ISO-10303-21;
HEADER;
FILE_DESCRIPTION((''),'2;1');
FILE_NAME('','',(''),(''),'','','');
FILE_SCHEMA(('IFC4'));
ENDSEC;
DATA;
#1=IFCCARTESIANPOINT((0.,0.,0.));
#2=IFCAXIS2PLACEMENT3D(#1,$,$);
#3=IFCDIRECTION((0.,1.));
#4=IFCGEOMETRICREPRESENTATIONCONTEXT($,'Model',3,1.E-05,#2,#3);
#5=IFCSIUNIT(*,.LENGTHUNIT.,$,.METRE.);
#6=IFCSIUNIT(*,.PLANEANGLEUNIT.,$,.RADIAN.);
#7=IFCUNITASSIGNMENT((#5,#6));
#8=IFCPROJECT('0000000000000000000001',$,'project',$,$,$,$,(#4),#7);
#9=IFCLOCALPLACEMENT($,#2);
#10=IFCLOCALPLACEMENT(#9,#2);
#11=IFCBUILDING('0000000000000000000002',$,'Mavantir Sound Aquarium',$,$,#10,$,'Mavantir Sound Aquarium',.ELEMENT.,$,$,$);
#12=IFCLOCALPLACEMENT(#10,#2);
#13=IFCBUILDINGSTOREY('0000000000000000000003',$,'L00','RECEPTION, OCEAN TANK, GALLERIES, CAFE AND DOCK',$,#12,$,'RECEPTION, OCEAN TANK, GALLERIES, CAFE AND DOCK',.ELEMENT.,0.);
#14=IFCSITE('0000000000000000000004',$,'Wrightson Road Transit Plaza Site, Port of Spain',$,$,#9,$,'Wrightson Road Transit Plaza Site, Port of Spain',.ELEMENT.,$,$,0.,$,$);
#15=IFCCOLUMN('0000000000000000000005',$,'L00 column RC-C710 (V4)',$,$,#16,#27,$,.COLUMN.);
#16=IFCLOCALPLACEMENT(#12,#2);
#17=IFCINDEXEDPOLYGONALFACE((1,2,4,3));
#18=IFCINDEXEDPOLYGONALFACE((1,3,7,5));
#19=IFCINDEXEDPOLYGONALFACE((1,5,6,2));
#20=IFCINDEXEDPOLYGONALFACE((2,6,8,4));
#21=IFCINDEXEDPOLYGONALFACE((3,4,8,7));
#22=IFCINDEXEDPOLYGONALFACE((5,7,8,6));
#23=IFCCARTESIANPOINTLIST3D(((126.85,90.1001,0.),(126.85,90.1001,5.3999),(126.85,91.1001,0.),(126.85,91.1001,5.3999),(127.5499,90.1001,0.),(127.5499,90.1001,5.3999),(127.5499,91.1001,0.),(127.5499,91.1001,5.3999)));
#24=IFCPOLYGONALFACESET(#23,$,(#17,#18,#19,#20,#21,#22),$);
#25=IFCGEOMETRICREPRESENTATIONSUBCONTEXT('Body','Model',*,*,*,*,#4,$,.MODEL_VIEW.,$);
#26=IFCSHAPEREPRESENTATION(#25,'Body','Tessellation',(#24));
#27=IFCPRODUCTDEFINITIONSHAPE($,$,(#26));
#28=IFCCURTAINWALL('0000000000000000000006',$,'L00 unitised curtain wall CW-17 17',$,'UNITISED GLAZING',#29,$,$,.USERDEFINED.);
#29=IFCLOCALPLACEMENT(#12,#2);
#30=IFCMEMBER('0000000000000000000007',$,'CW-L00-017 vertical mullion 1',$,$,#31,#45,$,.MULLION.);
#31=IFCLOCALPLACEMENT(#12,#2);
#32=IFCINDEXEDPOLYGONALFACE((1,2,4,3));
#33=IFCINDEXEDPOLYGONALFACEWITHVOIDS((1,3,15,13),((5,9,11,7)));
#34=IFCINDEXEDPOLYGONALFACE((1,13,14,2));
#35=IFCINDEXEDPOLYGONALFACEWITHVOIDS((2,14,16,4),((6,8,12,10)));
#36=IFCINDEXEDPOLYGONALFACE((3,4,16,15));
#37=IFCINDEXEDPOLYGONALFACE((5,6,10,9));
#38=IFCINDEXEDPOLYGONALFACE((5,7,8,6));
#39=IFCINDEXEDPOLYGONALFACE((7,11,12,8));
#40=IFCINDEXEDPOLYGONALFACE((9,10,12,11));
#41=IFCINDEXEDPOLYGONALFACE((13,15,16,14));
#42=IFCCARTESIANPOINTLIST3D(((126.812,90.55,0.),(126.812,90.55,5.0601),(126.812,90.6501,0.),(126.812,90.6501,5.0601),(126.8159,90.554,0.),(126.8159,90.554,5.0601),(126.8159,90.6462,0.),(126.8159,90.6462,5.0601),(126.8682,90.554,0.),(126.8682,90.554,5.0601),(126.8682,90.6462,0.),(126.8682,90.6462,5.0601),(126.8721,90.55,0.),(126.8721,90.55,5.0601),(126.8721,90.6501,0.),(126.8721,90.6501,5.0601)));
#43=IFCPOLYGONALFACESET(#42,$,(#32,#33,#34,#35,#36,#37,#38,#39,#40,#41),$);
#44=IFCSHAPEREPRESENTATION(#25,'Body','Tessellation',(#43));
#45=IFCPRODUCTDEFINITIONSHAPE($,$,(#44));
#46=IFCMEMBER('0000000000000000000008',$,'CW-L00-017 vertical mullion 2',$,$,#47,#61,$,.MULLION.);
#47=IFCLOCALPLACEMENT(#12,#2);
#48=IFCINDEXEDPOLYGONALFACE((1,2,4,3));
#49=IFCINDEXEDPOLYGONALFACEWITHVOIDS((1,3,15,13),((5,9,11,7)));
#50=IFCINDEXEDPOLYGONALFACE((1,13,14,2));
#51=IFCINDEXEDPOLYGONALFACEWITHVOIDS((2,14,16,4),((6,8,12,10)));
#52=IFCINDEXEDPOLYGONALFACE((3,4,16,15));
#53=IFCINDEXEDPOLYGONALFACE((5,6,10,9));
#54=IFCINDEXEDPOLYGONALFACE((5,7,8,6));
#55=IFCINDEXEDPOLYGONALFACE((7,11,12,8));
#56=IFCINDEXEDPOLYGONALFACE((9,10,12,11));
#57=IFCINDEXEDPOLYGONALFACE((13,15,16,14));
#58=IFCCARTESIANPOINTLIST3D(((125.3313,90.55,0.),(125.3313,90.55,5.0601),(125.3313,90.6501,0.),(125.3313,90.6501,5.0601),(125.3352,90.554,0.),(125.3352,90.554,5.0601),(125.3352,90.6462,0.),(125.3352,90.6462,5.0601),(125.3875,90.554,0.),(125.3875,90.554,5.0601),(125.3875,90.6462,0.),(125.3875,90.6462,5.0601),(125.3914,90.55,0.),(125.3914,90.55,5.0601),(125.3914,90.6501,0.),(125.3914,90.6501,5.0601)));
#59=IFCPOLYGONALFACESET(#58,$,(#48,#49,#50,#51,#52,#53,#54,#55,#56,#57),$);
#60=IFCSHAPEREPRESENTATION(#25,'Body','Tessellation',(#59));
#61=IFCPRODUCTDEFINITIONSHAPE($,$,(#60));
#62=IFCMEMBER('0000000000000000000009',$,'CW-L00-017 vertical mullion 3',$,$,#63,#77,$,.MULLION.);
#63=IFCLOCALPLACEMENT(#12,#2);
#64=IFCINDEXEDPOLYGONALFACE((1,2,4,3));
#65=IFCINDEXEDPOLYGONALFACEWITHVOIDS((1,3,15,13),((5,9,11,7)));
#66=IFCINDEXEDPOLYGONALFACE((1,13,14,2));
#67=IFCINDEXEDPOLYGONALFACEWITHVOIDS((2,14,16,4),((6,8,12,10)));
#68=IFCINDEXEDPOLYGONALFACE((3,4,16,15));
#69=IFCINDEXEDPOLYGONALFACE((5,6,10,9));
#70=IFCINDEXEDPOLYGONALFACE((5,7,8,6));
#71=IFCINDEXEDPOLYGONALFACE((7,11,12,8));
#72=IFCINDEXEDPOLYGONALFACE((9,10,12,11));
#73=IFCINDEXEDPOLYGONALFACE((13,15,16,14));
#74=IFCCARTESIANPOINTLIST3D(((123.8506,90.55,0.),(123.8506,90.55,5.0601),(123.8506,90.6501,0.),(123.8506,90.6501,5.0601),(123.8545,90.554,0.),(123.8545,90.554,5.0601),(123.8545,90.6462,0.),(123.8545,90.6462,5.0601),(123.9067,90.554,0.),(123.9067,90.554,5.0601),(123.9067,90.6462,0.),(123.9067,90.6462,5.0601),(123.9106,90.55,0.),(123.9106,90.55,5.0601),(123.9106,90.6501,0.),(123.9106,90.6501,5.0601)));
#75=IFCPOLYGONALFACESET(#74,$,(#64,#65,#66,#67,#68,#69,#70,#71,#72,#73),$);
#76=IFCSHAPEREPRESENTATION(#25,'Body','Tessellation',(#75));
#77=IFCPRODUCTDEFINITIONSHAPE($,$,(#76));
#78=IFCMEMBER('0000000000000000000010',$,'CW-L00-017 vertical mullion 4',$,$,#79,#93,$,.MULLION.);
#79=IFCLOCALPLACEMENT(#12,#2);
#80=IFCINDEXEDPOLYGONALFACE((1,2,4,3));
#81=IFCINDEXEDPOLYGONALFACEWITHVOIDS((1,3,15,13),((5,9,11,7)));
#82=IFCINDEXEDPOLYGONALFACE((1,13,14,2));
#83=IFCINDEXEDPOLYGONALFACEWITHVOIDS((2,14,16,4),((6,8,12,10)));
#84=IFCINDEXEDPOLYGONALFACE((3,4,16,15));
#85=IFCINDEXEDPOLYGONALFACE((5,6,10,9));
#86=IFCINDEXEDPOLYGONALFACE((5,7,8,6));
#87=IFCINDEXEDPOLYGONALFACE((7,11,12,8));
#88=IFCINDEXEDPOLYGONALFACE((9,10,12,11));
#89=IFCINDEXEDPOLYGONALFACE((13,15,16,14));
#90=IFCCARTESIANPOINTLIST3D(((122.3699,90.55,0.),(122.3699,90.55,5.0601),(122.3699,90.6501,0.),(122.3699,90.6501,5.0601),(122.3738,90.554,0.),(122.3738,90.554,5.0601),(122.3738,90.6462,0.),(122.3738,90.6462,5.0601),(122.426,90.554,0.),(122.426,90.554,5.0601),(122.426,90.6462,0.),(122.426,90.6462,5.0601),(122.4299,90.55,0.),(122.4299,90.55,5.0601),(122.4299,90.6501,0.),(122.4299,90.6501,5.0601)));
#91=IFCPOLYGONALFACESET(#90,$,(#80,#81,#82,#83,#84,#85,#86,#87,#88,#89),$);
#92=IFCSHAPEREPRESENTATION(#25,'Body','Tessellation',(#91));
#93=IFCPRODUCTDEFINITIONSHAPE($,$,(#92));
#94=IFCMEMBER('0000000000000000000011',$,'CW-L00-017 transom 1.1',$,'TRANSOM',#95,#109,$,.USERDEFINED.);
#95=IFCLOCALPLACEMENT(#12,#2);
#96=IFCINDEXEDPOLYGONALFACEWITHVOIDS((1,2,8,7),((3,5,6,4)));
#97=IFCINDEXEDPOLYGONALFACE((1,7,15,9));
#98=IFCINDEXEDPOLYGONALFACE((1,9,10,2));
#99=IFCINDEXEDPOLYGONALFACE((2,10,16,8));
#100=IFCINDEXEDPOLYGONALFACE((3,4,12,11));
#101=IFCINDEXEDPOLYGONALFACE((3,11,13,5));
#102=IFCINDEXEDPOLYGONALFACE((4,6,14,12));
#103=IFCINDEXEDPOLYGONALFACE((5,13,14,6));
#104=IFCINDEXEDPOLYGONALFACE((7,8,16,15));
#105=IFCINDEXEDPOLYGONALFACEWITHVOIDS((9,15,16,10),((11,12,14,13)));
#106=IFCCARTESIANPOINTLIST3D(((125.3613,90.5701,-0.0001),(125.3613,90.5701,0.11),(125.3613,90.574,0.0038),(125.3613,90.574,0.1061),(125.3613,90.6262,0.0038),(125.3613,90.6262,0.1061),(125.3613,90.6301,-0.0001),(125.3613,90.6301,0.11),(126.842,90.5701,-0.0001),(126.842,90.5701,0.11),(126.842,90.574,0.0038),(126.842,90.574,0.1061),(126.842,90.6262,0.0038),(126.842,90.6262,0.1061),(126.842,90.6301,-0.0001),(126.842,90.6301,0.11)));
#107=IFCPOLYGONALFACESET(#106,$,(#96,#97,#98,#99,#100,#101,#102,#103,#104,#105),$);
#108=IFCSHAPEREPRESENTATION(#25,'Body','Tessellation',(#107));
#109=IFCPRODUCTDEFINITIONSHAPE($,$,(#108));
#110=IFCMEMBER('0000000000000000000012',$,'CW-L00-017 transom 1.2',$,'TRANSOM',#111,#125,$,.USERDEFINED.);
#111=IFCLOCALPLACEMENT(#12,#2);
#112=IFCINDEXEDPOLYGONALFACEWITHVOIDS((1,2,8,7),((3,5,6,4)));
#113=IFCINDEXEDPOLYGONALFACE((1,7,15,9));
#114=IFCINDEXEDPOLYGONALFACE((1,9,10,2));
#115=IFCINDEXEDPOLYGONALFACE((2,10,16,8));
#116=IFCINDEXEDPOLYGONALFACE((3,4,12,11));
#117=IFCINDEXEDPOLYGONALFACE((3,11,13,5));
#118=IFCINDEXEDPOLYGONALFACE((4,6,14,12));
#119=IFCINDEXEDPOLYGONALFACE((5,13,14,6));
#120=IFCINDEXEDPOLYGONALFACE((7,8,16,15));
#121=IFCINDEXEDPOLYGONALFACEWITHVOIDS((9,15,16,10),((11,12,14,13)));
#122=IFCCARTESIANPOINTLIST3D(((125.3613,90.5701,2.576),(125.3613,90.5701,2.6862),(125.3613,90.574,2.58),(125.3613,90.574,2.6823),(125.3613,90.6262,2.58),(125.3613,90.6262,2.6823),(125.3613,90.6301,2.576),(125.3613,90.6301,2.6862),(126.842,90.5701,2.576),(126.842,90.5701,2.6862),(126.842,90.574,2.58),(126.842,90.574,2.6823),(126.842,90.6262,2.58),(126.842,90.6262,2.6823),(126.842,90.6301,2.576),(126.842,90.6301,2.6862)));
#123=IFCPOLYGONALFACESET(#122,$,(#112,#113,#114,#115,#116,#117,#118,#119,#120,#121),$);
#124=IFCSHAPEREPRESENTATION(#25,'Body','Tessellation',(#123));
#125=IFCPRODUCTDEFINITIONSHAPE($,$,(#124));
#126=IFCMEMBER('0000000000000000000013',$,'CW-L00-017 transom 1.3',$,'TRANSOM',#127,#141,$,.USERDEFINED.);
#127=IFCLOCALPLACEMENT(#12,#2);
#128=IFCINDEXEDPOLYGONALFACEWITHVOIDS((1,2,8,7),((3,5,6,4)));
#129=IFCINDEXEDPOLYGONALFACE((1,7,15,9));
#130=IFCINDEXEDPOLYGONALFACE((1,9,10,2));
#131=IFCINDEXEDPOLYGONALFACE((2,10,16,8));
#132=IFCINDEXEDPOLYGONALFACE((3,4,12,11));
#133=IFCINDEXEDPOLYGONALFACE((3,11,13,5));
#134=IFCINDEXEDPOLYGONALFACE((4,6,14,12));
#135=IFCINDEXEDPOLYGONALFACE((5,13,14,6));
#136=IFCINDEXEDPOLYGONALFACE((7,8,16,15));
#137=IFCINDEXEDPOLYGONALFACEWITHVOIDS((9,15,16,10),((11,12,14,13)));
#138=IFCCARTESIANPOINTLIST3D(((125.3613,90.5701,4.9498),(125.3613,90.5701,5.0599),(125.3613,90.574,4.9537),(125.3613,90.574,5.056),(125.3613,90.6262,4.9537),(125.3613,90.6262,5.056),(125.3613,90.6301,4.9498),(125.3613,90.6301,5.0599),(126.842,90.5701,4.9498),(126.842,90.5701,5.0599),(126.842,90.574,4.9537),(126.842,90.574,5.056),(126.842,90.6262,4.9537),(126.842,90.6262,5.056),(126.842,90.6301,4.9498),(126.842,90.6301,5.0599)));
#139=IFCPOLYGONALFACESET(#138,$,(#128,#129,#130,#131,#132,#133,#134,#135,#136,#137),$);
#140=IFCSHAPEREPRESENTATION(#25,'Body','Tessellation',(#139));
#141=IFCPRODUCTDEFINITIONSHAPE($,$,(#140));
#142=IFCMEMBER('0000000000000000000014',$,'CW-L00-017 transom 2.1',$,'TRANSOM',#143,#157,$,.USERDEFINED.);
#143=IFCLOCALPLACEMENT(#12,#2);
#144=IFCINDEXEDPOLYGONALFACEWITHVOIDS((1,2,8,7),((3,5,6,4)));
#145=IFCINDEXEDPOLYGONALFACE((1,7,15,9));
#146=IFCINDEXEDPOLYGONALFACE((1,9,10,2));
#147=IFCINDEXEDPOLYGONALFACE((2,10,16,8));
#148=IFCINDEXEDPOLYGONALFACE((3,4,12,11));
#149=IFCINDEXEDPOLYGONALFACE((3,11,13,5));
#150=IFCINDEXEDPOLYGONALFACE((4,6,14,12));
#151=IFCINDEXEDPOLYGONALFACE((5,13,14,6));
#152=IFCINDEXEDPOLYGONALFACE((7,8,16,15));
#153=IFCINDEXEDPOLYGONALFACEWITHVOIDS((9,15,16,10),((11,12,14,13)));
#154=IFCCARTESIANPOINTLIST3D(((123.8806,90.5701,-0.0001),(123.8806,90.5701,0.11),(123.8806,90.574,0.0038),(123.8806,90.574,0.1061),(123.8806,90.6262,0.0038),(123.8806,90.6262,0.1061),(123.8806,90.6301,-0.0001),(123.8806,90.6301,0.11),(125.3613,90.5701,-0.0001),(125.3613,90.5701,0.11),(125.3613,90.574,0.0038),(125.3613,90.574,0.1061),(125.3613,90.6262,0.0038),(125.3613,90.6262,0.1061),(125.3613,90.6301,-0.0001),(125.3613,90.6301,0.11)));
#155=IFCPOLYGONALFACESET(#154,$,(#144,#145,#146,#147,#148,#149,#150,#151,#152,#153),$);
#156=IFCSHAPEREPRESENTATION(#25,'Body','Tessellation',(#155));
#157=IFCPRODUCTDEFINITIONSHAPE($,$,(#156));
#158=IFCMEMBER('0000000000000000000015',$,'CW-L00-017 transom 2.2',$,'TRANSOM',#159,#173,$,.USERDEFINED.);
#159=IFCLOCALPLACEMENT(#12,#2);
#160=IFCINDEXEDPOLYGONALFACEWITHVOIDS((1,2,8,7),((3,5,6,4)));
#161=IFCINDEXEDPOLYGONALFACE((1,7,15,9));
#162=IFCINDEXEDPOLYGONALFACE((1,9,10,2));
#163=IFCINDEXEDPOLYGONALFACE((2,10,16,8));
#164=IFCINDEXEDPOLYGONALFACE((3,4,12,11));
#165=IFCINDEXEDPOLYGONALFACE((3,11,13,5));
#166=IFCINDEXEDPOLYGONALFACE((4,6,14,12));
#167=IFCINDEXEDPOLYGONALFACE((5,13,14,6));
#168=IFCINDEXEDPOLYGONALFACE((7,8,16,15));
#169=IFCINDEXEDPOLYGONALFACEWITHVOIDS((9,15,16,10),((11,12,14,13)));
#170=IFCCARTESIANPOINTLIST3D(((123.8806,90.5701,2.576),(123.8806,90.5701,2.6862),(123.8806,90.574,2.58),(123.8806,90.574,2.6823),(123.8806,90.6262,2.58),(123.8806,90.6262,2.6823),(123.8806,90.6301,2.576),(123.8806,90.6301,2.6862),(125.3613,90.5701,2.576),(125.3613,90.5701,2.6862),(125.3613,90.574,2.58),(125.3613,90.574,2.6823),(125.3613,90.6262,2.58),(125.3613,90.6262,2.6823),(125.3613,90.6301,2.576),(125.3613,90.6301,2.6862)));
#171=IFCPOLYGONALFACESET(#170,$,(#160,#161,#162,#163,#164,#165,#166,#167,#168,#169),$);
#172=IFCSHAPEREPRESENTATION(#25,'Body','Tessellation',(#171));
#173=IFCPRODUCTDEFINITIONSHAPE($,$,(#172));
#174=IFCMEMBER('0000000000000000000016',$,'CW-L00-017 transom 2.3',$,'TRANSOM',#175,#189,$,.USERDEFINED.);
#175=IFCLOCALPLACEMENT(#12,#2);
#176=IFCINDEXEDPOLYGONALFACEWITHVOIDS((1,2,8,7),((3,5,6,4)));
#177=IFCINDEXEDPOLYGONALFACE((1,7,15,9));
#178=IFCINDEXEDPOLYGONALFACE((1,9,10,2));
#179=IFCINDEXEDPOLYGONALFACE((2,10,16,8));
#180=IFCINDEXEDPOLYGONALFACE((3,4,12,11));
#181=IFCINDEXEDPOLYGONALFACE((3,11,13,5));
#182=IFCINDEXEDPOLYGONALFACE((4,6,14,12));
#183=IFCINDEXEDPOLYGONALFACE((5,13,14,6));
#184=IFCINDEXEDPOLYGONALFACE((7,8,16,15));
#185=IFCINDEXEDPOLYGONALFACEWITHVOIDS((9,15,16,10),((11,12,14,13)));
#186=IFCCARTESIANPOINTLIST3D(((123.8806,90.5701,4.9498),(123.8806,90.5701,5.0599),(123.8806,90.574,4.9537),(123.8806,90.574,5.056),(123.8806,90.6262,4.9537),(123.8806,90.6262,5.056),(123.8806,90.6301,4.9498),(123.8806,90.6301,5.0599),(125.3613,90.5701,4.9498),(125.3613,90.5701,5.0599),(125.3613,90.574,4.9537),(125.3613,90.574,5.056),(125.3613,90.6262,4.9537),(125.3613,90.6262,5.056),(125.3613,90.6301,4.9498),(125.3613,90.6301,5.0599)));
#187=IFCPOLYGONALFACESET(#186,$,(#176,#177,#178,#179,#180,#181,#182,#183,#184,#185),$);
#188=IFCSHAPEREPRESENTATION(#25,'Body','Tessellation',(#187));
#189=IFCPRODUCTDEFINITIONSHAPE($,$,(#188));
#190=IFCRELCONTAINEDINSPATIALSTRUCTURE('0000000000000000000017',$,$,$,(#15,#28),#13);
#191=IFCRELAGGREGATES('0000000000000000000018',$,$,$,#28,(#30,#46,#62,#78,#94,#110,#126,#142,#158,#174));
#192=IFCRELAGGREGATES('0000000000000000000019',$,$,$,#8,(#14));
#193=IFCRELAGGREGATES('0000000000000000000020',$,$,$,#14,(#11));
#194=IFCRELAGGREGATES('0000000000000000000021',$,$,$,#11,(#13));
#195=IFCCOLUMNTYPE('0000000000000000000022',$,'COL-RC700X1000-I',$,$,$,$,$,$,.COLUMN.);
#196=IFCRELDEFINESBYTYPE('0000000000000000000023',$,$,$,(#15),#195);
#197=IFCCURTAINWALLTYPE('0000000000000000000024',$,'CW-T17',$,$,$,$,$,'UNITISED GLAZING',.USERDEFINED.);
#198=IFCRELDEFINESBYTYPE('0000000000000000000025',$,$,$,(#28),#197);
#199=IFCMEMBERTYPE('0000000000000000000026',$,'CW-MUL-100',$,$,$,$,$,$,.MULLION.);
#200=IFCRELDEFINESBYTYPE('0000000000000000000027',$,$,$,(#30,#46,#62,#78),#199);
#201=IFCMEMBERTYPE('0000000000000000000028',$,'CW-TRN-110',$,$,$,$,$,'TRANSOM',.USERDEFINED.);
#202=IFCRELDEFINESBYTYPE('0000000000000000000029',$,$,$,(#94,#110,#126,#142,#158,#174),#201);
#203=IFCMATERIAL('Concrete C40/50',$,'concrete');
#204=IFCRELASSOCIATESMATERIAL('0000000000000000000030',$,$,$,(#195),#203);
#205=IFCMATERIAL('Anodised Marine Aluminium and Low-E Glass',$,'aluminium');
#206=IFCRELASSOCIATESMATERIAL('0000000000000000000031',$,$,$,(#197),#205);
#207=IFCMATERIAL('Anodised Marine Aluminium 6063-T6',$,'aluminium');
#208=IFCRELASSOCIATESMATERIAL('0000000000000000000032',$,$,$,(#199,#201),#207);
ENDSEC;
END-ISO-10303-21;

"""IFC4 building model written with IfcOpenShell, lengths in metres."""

from ifc_helpers import new_model, si_unit, direction, frame, origin, origin_2d, place, context, subcontext, project, spatial, rectangle, hollow_rectangle, extrude, material, material_profile, profile_set, type_object, element, aggregate, save


model = new_model("IFC4")

# Units and contexts
model_context = context("Model", 3, precision=1e-05, world=origin(), true_north=direction((0.0, 1.0)))
body_context = subcontext(model_context, "Body", "Model", "MODEL_VIEW")
ifc_project = project(units=[si_unit("LENGTHUNIT", "METRE"), si_unit("PLANEANGLEUNIT", "RADIAN")], contexts=[model_context])

# Site, building, storey
site_placement = place(None, origin())
site = spatial("IfcSite", under=ifc_project, at=site_placement, Name="Wrightson Road Transit Plaza Site, Port of Spain", LongName="Wrightson Road Transit Plaza Site, Port of Spain", CompositionType="ELEMENT", RefElevation=0.0)
building_placement = place(site_placement, origin())
building = spatial("IfcBuilding", under=site, at=building_placement, Name="Mavantir Sound Aquarium", LongName="Mavantir Sound Aquarium", CompositionType="ELEMENT")
storey_placement = place(building_placement, origin())
storey = spatial("IfcBuildingStorey", under=building, at=storey_placement, Name="L00", Description="RECEPTION, OCEAN TANK, GALLERIES, CAFE AND DOCK", LongName="RECEPTION, OCEAN TANK, GALLERIES, CAFE AND DOCK", CompositionType="ELEMENT", Elevation=0.0)

# Column
ifc_material_1 = material(Name="Concrete C40/50", Category="concrete")
ifc_material_profile_1 = material_profile(ifc_material_1, rectangle(XDim=0.7, YDim=1.0, at=origin_2d()), Name="RC 700X1000")
ifc_profile_set_1 = profile_set([ifc_material_profile_1], Name="Concrete C40/50")
column_type = type_object("IfcColumnType", Name="COL-RC700X1000-I", PredefinedType="COLUMN", material=ifc_profile_set_1)
column_placement = place(storey_placement, frame((127.2, 90.6001, 0.0), z_axis=(0.0, 0.0, 1.0), x_axis=(1.0, 0.0, 0.0)))
element("IfcColumn", 1, at=column_placement, inside=storey, type_object=column_type, Name="L00 column RC-C710 (V4)", PredefinedType="COLUMN", context=body_context, shape_type="SweptSolid", body=[
    extrude(rectangle(XDim=0.7, YDim=1.0, at=origin_2d()), origin(), (0.0, 0.0, 1.0), 5.3999),
])

# Curtain wall, members
ifc_material_2 = material(Name="Anodised Marine Aluminium and Low-E Glass", Category="aluminium")
curtain_wall_type = type_object("IfcCurtainWallType", Name="CW-T17", ElementType="UNITISED GLAZING", PredefinedType="USERDEFINED", material=ifc_material_2)
curtain_wall_placement = place(storey_placement, origin())
curtain_wall = element("IfcCurtainWall", 2, at=curtain_wall_placement, inside=storey, type_object=curtain_wall_type, Name="L00 unitised curtain wall CW-17 17", ObjectType="UNITISED GLAZING", PredefinedType="USERDEFINED")
ifc_material_3 = material(Name="Anodised Marine Aluminium 6063-T6", Category="aluminium")
ifc_material_profile_2 = material_profile(ifc_material_3, hollow_rectangle(XDim=0.0601, YDim=0.1001, WallThickness=0.0039, at=origin_2d()), Name="ALU-MULLION-100X60")
ifc_profile_set_2 = profile_set([ifc_material_profile_2], Name="Anodised Marine Aluminium 6063-T6")
member_type_1 = type_object("IfcMemberType", Name="CW-MUL-100", PredefinedType="MULLION", material=ifc_profile_set_2)
member_1_placement = place(storey_placement, frame((126.842, 90.6001, 0.0), z_axis=(0.0, 0.0, 1.0), x_axis=(1.0, 0.0, 0.0)))
member_1 = element("IfcMember", 3, at=member_1_placement, type_object=member_type_1, Name="CW-L00-017 vertical mullion 1", PredefinedType="MULLION", context=body_context, shape_type="SweptSolid", body=[
    extrude(hollow_rectangle(XDim=0.0601, YDim=0.1001, WallThickness=0.0039, at=origin_2d()), origin(), (0.0, 0.0, 1.0), 5.0601),
])
member_2_placement = place(storey_placement, frame((125.3613, 90.6001, 0.0), z_axis=(0.0, 0.0, 1.0), x_axis=(1.0, 0.0, 0.0)))
member_2 = element("IfcMember", 4, at=member_2_placement, type_object=member_type_1, Name="CW-L00-017 vertical mullion 2", PredefinedType="MULLION", context=body_context, shape_type="SweptSolid", body=[
    extrude(hollow_rectangle(XDim=0.0601, YDim=0.1001, WallThickness=0.0039, at=origin_2d()), origin(), (0.0, 0.0, 1.0), 5.0601),
])
member_3_placement = place(storey_placement, frame((123.8806, 90.6001, 0.0), z_axis=(0.0, 0.0, 1.0), x_axis=(1.0, 0.0, 0.0)))
member_3 = element("IfcMember", 5, at=member_3_placement, type_object=member_type_1, Name="CW-L00-017 vertical mullion 3", PredefinedType="MULLION", context=body_context, shape_type="SweptSolid", body=[
    extrude(hollow_rectangle(XDim=0.0601, YDim=0.1001, WallThickness=0.0039, at=origin_2d()), origin(), (0.0, 0.0, 1.0), 5.0601),
])
member_4_placement = place(storey_placement, frame((122.3999, 90.6001, 0.0), z_axis=(0.0, 0.0, 1.0), x_axis=(1.0, 0.0, 0.0)))
member_4 = element("IfcMember", 6, at=member_4_placement, type_object=member_type_1, Name="CW-L00-017 vertical mullion 4", PredefinedType="MULLION", context=body_context, shape_type="SweptSolid", body=[
    extrude(hollow_rectangle(XDim=0.0601, YDim=0.1001, WallThickness=0.0039, at=origin_2d()), origin(), (0.0, 0.0, 1.0), 5.0601),
])
ifc_material_profile_3 = material_profile(ifc_material_3, hollow_rectangle(XDim=0.0601, YDim=0.1101, WallThickness=0.0039, at=origin_2d()), Name="ALU-TRANSOM-110X60")
ifc_profile_set_3 = profile_set([ifc_material_profile_3], Name="Anodised Marine Aluminium 6063-T6")
member_type_2 = type_object("IfcMemberType", Name="CW-TRN-110", ElementType="TRANSOM", PredefinedType="USERDEFINED", material=ifc_profile_set_3)
member_5_placement = place(storey_placement, frame((126.842, 90.6001, 0.0549), z_axis=(-1.0, 0.0, 0.0), x_axis=(0.0, -1.0, 0.0)))
member_5 = element("IfcMember", 7, at=member_5_placement, type_object=member_type_2, Name="CW-L00-017 transom 1.1", ObjectType="TRANSOM", PredefinedType="USERDEFINED", context=body_context, shape_type="SweptSolid", body=[
    extrude(hollow_rectangle(XDim=0.0601, YDim=0.1101, WallThickness=0.0039, at=origin_2d()), origin(), (0.0, 0.0, 1.0), 1.4807),
])
member_6_placement = place(storey_placement, frame((126.842, 90.6001, 2.6311), z_axis=(-1.0, 0.0, 0.0), x_axis=(0.0, -1.0, 0.0)))
member_6 = element("IfcMember", 8, at=member_6_placement, type_object=member_type_2, Name="CW-L00-017 transom 1.2", ObjectType="TRANSOM", PredefinedType="USERDEFINED", context=body_context, shape_type="SweptSolid", body=[
    extrude(hollow_rectangle(XDim=0.0601, YDim=0.1101, WallThickness=0.0039, at=origin_2d()), origin(), (0.0, 0.0, 1.0), 1.4807),
])
member_7_placement = place(storey_placement, frame((126.842, 90.6001, 5.0049), z_axis=(-1.0, 0.0, 0.0), x_axis=(0.0, -1.0, 0.0)))
member_7 = element("IfcMember", 9, at=member_7_placement, type_object=member_type_2, Name="CW-L00-017 transom 1.3", ObjectType="TRANSOM", PredefinedType="USERDEFINED", context=body_context, shape_type="SweptSolid", body=[
    extrude(hollow_rectangle(XDim=0.0601, YDim=0.1101, WallThickness=0.0039, at=origin_2d()), origin(), (0.0, 0.0, 1.0), 1.4807),
])
member_8_placement = place(storey_placement, frame((125.3613, 90.6001, 0.0549), z_axis=(-1.0, 0.0, 0.0), x_axis=(0.0, -1.0, 0.0)))
member_8 = element("IfcMember", 10, at=member_8_placement, type_object=member_type_2, Name="CW-L00-017 transom 2.1", ObjectType="TRANSOM", PredefinedType="USERDEFINED", context=body_context, shape_type="SweptSolid", body=[
    extrude(hollow_rectangle(XDim=0.0601, YDim=0.1101, WallThickness=0.0039, at=origin_2d()), origin(), (0.0, 0.0, 1.0), 1.4807),
])
member_9_placement = place(storey_placement, frame((125.3613, 90.6001, 2.6311), z_axis=(-1.0, 0.0, 0.0), x_axis=(0.0, -1.0, 0.0)))
member_9 = element("IfcMember", 11, at=member_9_placement, type_object=member_type_2, Name="CW-L00-017 transom 2.2", ObjectType="TRANSOM", PredefinedType="USERDEFINED", context=body_context, shape_type="SweptSolid", body=[
    extrude(hollow_rectangle(XDim=0.0601, YDim=0.1101, WallThickness=0.0039, at=origin_2d()), origin(), (0.0, 0.0, 1.0), 1.4807),
])
member_10_placement = place(storey_placement, frame((125.3613, 90.6001, 5.0049), z_axis=(-1.0, 0.0, 0.0), x_axis=(0.0, -1.0, 0.0)))
member_10 = element("IfcMember", 12, at=member_10_placement, type_object=member_type_2, Name="CW-L00-017 transom 2.3", ObjectType="TRANSOM", PredefinedType="USERDEFINED", context=body_context, shape_type="SweptSolid", body=[
    extrude(hollow_rectangle(XDim=0.0601, YDim=0.1101, WallThickness=0.0039, at=origin_2d()), origin(), (0.0, 0.0, 1.0), 1.4807),
])
aggregate(curtain_wall, [member_1, member_2, member_3, member_4, member_5, member_6, member_7, member_8, member_9, member_10])

save(model, "model.ifc")
